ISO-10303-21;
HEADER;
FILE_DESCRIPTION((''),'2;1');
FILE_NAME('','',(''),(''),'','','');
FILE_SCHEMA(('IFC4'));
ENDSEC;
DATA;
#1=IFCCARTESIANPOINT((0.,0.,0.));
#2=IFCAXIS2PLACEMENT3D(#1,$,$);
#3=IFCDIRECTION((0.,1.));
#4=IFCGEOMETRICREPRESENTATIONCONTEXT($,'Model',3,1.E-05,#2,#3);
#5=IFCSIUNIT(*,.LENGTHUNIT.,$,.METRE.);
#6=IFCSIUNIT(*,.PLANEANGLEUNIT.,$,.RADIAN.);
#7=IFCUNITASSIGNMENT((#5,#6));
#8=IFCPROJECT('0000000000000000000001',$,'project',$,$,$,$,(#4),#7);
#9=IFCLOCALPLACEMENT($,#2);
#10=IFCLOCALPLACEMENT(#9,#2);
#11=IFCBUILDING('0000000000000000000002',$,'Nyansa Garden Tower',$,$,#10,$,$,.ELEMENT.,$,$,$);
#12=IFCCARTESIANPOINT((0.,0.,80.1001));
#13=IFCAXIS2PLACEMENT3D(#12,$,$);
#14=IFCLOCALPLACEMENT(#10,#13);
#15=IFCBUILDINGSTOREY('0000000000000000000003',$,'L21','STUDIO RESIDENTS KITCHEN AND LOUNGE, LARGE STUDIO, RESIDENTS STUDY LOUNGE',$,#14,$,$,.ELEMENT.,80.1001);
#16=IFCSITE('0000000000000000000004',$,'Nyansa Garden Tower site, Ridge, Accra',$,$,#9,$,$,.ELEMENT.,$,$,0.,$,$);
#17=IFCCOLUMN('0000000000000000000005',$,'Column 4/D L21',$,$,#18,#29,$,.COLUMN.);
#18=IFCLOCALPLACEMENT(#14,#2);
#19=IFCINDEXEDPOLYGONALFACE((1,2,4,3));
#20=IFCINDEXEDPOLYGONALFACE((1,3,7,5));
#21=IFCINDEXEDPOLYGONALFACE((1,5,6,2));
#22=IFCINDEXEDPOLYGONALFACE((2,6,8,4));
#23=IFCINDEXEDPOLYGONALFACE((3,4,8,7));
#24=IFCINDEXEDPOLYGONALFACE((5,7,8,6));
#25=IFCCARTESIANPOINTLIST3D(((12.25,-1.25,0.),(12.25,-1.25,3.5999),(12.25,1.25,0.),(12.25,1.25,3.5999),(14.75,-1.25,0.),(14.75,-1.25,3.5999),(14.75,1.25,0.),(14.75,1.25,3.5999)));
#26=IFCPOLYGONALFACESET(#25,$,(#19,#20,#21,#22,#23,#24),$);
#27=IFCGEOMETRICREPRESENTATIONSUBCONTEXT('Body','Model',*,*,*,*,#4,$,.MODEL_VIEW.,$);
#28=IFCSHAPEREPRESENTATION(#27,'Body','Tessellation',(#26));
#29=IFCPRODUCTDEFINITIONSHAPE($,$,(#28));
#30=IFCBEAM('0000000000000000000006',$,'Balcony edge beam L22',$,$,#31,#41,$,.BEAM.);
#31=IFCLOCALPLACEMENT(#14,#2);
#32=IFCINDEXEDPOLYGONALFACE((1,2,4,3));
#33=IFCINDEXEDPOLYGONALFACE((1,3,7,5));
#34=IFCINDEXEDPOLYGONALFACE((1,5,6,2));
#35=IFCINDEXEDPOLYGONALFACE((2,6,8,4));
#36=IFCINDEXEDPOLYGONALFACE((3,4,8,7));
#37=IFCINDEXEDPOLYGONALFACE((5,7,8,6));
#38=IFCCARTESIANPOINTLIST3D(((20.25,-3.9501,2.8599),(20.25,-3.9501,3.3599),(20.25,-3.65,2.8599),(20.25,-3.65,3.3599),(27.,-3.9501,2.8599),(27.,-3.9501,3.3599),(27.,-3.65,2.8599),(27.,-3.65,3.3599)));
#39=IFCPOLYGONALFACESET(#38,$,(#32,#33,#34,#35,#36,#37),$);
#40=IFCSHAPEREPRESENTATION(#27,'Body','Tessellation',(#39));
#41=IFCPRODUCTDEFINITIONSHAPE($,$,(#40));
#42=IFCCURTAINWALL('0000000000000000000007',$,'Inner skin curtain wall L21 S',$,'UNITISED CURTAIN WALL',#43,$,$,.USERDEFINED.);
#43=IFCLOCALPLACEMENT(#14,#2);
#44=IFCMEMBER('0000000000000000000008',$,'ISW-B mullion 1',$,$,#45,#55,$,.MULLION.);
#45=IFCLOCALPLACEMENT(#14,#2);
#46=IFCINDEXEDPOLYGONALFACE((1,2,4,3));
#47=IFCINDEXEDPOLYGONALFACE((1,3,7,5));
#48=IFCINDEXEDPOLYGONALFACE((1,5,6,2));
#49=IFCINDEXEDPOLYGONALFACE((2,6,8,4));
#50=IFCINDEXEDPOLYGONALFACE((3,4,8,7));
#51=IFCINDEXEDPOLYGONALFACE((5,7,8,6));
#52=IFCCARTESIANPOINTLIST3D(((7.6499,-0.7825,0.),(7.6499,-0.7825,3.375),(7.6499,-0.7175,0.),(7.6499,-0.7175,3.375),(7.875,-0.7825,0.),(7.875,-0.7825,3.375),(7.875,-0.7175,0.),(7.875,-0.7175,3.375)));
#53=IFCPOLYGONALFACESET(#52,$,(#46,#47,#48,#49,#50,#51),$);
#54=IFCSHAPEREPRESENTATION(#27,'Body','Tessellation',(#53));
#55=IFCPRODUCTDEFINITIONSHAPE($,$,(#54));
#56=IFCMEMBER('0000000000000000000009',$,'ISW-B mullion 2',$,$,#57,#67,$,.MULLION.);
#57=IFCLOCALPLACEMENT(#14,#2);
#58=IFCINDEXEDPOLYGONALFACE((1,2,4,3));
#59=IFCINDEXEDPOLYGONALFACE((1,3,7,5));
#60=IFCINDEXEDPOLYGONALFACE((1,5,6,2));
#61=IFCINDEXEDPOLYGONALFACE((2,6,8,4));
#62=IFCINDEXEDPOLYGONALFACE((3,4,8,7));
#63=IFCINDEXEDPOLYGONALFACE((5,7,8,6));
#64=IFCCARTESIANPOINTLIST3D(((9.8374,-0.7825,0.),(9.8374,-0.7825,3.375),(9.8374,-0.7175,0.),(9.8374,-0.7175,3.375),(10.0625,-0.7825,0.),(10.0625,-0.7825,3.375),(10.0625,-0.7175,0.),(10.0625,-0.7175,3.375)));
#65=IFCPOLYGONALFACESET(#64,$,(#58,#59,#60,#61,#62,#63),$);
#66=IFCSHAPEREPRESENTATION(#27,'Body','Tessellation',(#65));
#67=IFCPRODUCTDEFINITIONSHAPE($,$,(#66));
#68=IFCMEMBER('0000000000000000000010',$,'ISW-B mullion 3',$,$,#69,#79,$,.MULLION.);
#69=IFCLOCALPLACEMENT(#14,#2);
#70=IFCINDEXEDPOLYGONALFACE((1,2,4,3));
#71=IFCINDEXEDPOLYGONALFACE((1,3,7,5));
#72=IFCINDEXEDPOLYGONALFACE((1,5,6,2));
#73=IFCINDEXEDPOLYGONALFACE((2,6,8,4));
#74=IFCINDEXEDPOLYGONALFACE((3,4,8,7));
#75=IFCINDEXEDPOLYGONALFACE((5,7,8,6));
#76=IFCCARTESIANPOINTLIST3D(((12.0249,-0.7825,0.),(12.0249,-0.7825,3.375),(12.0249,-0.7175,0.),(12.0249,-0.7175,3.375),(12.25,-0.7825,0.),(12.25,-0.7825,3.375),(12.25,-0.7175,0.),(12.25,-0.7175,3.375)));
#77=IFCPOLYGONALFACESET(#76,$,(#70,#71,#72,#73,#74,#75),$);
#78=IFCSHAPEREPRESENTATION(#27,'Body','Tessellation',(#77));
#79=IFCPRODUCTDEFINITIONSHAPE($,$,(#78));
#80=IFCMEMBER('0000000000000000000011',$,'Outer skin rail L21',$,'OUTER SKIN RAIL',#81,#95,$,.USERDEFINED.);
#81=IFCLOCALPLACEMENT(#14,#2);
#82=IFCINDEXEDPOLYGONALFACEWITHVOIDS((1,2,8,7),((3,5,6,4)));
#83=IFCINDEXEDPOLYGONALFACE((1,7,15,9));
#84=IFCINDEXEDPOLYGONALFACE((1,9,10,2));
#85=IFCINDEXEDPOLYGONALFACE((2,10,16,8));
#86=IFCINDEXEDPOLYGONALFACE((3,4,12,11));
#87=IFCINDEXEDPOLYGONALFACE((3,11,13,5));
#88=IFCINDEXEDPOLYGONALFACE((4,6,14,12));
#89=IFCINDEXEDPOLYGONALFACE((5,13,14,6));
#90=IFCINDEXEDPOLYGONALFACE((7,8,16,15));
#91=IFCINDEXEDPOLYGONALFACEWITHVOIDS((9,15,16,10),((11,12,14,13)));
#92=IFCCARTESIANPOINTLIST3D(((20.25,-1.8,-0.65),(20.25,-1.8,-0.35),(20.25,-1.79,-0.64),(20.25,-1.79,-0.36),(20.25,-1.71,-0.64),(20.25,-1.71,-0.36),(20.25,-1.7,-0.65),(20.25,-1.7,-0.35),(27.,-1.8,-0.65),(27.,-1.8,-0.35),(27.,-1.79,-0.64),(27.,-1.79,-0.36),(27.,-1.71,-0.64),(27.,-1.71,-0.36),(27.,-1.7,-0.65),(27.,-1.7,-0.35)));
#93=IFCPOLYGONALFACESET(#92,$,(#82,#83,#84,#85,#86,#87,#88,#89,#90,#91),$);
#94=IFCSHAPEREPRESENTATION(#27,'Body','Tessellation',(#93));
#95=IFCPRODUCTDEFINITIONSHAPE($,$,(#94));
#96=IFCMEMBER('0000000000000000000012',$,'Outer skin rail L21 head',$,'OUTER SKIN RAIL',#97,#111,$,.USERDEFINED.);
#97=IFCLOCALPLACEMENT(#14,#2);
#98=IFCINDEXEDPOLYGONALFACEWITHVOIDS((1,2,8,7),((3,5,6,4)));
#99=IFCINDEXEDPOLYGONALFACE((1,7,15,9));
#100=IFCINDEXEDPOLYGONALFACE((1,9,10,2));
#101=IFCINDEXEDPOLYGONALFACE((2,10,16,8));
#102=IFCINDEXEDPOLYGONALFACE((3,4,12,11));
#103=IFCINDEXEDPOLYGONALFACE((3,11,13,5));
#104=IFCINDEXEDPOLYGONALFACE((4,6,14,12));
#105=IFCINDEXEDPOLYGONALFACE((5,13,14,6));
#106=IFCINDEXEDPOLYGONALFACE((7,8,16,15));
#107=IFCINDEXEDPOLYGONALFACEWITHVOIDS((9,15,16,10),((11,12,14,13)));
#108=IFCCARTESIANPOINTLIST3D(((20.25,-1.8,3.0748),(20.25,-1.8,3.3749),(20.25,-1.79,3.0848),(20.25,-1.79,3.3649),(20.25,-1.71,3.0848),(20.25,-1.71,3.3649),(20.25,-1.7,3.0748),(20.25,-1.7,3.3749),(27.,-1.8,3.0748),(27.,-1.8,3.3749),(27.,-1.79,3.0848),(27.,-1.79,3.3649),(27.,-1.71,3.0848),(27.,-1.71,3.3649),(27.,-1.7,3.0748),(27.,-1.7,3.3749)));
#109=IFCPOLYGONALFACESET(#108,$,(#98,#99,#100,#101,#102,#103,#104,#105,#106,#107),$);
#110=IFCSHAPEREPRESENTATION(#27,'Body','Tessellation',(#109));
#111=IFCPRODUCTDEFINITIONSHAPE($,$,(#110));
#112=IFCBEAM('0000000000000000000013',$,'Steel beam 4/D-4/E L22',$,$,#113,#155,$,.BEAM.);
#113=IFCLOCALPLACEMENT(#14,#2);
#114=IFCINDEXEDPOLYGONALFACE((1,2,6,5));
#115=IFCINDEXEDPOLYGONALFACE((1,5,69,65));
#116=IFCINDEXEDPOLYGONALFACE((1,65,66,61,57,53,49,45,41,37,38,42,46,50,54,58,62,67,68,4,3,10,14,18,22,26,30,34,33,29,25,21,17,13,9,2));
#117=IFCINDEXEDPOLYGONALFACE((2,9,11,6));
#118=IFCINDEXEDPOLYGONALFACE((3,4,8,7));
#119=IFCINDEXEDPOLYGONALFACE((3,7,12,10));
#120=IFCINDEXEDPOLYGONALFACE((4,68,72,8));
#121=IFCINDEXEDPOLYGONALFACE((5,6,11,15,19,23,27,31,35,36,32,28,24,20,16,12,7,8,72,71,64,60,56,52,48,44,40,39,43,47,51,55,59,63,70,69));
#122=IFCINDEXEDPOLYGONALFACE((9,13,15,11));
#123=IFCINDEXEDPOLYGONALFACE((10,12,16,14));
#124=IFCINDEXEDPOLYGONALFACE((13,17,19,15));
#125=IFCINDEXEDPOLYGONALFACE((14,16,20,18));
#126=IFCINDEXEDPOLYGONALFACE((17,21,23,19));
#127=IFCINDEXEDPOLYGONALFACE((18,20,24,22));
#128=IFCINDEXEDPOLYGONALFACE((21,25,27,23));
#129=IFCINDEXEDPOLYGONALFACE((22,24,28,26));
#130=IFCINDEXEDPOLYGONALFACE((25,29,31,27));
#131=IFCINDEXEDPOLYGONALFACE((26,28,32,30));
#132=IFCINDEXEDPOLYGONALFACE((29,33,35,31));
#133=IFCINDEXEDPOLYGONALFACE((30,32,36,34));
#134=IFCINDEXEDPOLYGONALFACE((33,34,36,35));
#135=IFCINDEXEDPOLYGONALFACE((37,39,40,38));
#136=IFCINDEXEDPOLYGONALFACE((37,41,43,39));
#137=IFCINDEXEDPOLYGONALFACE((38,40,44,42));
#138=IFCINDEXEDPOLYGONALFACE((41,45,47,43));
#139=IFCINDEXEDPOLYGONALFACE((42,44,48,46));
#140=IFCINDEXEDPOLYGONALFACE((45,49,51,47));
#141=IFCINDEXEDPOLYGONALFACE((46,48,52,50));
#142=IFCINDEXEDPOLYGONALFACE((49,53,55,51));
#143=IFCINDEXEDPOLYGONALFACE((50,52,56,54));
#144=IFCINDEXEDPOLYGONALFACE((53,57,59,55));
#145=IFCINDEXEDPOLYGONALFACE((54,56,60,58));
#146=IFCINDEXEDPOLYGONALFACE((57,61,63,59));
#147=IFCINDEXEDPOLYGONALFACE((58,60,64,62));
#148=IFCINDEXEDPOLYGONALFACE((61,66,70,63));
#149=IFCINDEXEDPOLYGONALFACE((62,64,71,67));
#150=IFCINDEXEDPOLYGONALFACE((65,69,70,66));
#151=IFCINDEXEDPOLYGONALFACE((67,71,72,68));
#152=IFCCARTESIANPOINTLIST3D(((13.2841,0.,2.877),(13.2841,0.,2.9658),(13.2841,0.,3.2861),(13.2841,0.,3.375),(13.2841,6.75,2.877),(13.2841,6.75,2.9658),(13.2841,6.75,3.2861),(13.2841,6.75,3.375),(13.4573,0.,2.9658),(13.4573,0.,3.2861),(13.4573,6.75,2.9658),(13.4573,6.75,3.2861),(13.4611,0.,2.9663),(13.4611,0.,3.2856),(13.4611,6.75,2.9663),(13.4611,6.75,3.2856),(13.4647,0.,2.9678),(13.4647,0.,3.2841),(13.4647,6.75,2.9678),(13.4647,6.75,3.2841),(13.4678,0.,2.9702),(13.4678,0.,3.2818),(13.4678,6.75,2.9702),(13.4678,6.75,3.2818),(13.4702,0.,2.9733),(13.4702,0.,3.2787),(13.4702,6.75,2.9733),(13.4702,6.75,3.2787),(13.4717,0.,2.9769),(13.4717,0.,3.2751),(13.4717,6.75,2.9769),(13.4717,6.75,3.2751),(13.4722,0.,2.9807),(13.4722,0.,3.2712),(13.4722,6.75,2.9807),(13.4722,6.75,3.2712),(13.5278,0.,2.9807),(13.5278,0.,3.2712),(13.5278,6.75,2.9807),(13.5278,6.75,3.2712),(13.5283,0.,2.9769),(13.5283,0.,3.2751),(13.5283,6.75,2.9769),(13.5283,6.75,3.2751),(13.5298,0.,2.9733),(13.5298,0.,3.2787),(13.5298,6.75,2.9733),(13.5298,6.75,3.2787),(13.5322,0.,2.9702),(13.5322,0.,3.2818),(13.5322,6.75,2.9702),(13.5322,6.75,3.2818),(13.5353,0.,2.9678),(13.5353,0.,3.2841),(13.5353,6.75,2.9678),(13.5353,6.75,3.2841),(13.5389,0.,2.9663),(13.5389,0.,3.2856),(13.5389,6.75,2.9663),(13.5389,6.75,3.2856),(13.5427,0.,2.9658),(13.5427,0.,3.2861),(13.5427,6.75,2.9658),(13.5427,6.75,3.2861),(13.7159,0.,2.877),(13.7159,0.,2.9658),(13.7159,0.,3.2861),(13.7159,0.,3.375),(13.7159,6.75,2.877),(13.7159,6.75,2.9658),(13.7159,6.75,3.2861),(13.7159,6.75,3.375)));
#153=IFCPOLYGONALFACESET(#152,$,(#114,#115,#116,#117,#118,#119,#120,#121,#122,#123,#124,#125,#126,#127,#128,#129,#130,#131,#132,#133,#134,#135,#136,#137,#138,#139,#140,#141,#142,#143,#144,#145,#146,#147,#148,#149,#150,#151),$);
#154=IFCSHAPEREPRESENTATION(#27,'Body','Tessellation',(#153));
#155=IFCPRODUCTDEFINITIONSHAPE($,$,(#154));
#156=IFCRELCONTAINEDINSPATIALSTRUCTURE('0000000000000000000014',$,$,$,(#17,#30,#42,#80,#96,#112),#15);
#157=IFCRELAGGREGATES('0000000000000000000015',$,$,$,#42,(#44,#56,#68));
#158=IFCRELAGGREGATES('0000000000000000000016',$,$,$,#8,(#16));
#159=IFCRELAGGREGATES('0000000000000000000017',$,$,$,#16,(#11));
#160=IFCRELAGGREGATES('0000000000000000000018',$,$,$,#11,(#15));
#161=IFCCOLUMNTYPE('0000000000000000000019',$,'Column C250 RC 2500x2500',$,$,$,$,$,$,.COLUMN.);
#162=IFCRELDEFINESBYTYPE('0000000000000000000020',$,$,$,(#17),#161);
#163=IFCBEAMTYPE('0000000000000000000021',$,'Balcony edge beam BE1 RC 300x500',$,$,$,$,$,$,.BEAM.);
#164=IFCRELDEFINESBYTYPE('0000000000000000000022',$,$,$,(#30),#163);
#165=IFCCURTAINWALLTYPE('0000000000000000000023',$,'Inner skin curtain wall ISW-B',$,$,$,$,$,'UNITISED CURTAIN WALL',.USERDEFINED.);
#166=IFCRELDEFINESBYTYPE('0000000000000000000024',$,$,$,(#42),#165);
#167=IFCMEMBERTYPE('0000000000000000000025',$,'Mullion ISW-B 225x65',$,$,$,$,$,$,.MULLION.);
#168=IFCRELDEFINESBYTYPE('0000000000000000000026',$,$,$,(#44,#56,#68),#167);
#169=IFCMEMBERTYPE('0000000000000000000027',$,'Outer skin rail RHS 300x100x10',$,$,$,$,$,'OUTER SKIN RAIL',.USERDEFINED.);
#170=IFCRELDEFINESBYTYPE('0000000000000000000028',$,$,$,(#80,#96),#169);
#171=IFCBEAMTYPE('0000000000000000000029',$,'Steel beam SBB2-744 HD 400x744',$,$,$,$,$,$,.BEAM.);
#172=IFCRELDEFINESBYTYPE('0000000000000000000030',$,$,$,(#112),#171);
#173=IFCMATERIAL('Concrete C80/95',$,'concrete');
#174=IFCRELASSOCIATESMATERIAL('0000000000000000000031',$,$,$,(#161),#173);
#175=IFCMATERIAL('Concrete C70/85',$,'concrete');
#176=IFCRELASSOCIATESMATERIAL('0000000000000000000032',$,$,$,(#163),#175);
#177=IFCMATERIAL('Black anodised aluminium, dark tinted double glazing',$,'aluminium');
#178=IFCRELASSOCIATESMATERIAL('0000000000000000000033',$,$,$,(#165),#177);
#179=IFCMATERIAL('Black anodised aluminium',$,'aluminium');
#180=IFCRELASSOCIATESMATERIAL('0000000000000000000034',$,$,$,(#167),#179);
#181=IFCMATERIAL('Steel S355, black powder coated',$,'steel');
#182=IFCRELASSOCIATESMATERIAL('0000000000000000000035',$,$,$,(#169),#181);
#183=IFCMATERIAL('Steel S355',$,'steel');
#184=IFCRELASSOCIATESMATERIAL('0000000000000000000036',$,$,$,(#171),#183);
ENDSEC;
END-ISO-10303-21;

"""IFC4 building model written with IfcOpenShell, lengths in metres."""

from ifc_helpers import new_model, si_unit, direction, frame, origin, origin_2d, place, context, subcontext, project, spatial, rectangle, hollow_rectangle, i_section, extrude, material, material_profile, profile_set, type_object, element, aggregate, save


model = new_model("IFC4")

# Units and contexts
model_context = context("Model", 3, precision=1e-05, world=origin(), true_north=direction((0.0, 1.0)))
body_context = subcontext(model_context, "Body", "Model", "MODEL_VIEW")
ifc_project = project(units=[si_unit("LENGTHUNIT", "METRE"), si_unit("PLANEANGLEUNIT", "RADIAN")], contexts=[model_context])

# Site, building, storey
site_placement = place(None, origin())
site = spatial("IfcSite", under=ifc_project, at=site_placement, Name="Nyansa Garden Tower site, Ridge, Accra", CompositionType="ELEMENT", RefElevation=0.0)
building_placement = place(site_placement, origin())
building = spatial("IfcBuilding", under=site, at=building_placement, Name="Nyansa Garden Tower", CompositionType="ELEMENT")
storey_placement = place(building_placement, frame((0.0, 0.0, 80.1001)))
storey = spatial("IfcBuildingStorey", under=building, at=storey_placement, Name="L21", Description="STUDIO RESIDENTS KITCHEN AND LOUNGE, LARGE STUDIO, RESIDENTS STUDY LOUNGE", CompositionType="ELEMENT", Elevation=80.1001)

# Column
ifc_material_1 = material(Name="Concrete C80/95", Category="concrete")
ifc_material_profile_1 = material_profile(ifc_material_1, rectangle(XDim=2.5, YDim=2.5, at=origin_2d()), Name="RC 2500x2500")
ifc_profile_set_1 = profile_set([ifc_material_profile_1], Name="Concrete C80/95")
column_type = type_object("IfcColumnType", Name="Column C250 RC 2500x2500", PredefinedType="COLUMN", material=ifc_profile_set_1)
column_placement = place(storey_placement, frame((13.5, 0.0, 0.0), z_axis=(0.0, 0.0, 1.0), x_axis=(1.0, 0.0, 0.0)))
element("IfcColumn", 1, at=column_placement, inside=storey, type_object=column_type, Name="Column 4/D L21", PredefinedType="COLUMN", context=body_context, shape_type="SweptSolid", body=[
    extrude(rectangle(XDim=2.5, YDim=2.5, at=origin_2d()), origin(), (0.0, 0.0, 1.0), 3.5999),
])

# Beam
ifc_material_2 = material(Name="Concrete C70/85", Category="concrete")
ifc_material_profile_2 = material_profile(ifc_material_2, rectangle(XDim=0.3, YDim=0.5, at=origin_2d()), Name="RC 300x500")
ifc_profile_set_2 = profile_set([ifc_material_profile_2], Name="Concrete C70/85")
beam_type_1 = type_object("IfcBeamType", Name="Balcony edge beam BE1 RC 300x500", PredefinedType="BEAM", material=ifc_profile_set_2)
beam_1_placement = place(storey_placement, frame((20.25, -3.8, 3.1099), z_axis=(1.0, 0.0, 0.0), x_axis=(0.0, 1.0, 0.0)))
element("IfcBeam", 2, at=beam_1_placement, inside=storey, type_object=beam_type_1, Name="Balcony edge beam L22", PredefinedType="BEAM", context=body_context, shape_type="SweptSolid", body=[
    extrude(rectangle(XDim=0.3, YDim=0.5, at=origin_2d()), origin(), (0.0, 0.0, 1.0), 6.75),
])

# Curtain wall, members
ifc_material_3 = material(Name="Black anodised aluminium, dark tinted double glazing", Category="aluminium")
curtain_wall_type = type_object("IfcCurtainWallType", Name="Inner skin curtain wall ISW-B", ElementType="UNITISED CURTAIN WALL", PredefinedType="USERDEFINED", material=ifc_material_3)
curtain_wall_placement = place(storey_placement, origin())
curtain_wall = element("IfcCurtainWall", 3, at=curtain_wall_placement, inside=storey, type_object=curtain_wall_type, Name="Inner skin curtain wall L21 S", ObjectType="UNITISED CURTAIN WALL", PredefinedType="USERDEFINED")
ifc_material_4 = material(Name="Black anodised aluminium", Category="aluminium")
ifc_material_profile_3 = material_profile(ifc_material_4, rectangle(XDim=0.0649, YDim=0.2251, at=origin_2d()), Name="Mullion 225x65")
ifc_profile_set_3 = profile_set([ifc_material_profile_3], Name="Black anodised aluminium")
member_type_1 = type_object("IfcMemberType", Name="Mullion ISW-B 225x65", PredefinedType="MULLION", material=ifc_profile_set_3)
member_1_placement = place(storey_placement, frame((7.7625, -0.75, 0.0), z_axis=(0.0, 0.0, 1.0), x_axis=(0.0, 1.0, 0.0)))
member_1 = element("IfcMember", 4, at=member_1_placement, type_object=member_type_1, Name="ISW-B mullion 1", PredefinedType="MULLION", context=body_context, shape_type="SweptSolid", body=[
    extrude(rectangle(XDim=0.0649, YDim=0.2251, at=origin_2d()), origin(), (0.0, 0.0, 1.0), 3.375),
])
member_2_placement = place(storey_placement, frame((9.95, -0.75, 0.0), z_axis=(0.0, 0.0, 1.0), x_axis=(0.0, 1.0, 0.0)))
member_2 = element("IfcMember", 5, at=member_2_placement, type_object=member_type_1, Name="ISW-B mullion 2", PredefinedType="MULLION", context=body_context, shape_type="SweptSolid", body=[
    extrude(rectangle(XDim=0.0649, YDim=0.2251, at=origin_2d()), origin(), (0.0, 0.0, 1.0), 3.375),
])
member_3_placement = place(storey_placement, frame((12.1375, -0.75, 0.0), z_axis=(0.0, 0.0, 1.0), x_axis=(0.0, 1.0, 0.0)))
member_3 = element("IfcMember", 6, at=member_3_placement, type_object=member_type_1, Name="ISW-B mullion 3", PredefinedType="MULLION", context=body_context, shape_type="SweptSolid", body=[
    extrude(rectangle(XDim=0.0649, YDim=0.2251, at=origin_2d()), origin(), (0.0, 0.0, 1.0), 3.375),
])

# Members
ifc_material_5 = material(Name="Steel S355, black powder coated", Category="steel")
ifc_material_profile_4 = material_profile(ifc_material_5, hollow_rectangle(XDim=0.1001, YDim=0.3, WallThickness=0.01, at=origin_2d()), Name="RHS 300x100x10")
ifc_profile_set_4 = profile_set([ifc_material_profile_4], Name="Steel S355, black powder coated")
member_type_2 = type_object("IfcMemberType", Name="Outer skin rail RHS 300x100x10", ElementType="OUTER SKIN RAIL", PredefinedType="USERDEFINED", material=ifc_profile_set_4)
for number, where, z_axis, x_axis, name in (
    (7, (20.25, -1.75, -0.5), (1.0, 0.0, 0.0), (0.0, 1.0, 0.0), "Outer skin rail L21"),
    (8, (20.25, -1.75, 3.2249), (1.0, 0.0, 0.0), (0.0, 1.0, 0.0), "Outer skin rail L21 head"),
):
    element("IfcMember", number, at=place(storey_placement, frame(where, z_axis=z_axis, x_axis=x_axis)), inside=storey, type_object=member_type_2, Name=name, ObjectType="OUTER SKIN RAIL", PredefinedType="USERDEFINED", context=body_context, shape_type="SweptSolid", body=[
        extrude(hollow_rectangle(XDim=0.1001, YDim=0.3, WallThickness=0.01, at=origin_2d()), origin(), (0.0, 0.0, 1.0), 6.75),
    ])

# Beam
ifc_material_6 = material(Name="Steel S355", Category="steel")
ifc_material_profile_5 = material_profile(ifc_material_6, i_section(OverallWidth=0.4319, OverallDepth=0.498, WebThickness=0.0557, FlangeThickness=0.0889, FilletRadius=0.0149, at=origin_2d()), Name="HD 400x744")
ifc_profile_set_5 = profile_set([ifc_material_profile_5], Name="Steel S355")
beam_type_2 = type_object("IfcBeamType", Name="Steel beam SBB2-744 HD 400x744", PredefinedType="BEAM", material=ifc_profile_set_5)
beam_2_placement = place(storey_placement, frame((13.5, 0.0, 3.126), z_axis=(0.0, 1.0, 0.0), x_axis=(-1.0, 0.0, 0.0)))
element("IfcBeam", 9, at=beam_2_placement, inside=storey, type_object=beam_type_2, Name="Steel beam 4/D-4/E L22", PredefinedType="BEAM", context=body_context, shape_type="SweptSolid", body=[
    extrude(i_section(OverallWidth=0.4319, OverallDepth=0.498, WebThickness=0.0557, FlangeThickness=0.0889, FilletRadius=0.0149, at=origin_2d()), origin(), (0.0, 0.0, 1.0), 6.75),
])

aggregate(curtain_wall, [member_1, member_2, member_3])

save(model, "model.ifc")
